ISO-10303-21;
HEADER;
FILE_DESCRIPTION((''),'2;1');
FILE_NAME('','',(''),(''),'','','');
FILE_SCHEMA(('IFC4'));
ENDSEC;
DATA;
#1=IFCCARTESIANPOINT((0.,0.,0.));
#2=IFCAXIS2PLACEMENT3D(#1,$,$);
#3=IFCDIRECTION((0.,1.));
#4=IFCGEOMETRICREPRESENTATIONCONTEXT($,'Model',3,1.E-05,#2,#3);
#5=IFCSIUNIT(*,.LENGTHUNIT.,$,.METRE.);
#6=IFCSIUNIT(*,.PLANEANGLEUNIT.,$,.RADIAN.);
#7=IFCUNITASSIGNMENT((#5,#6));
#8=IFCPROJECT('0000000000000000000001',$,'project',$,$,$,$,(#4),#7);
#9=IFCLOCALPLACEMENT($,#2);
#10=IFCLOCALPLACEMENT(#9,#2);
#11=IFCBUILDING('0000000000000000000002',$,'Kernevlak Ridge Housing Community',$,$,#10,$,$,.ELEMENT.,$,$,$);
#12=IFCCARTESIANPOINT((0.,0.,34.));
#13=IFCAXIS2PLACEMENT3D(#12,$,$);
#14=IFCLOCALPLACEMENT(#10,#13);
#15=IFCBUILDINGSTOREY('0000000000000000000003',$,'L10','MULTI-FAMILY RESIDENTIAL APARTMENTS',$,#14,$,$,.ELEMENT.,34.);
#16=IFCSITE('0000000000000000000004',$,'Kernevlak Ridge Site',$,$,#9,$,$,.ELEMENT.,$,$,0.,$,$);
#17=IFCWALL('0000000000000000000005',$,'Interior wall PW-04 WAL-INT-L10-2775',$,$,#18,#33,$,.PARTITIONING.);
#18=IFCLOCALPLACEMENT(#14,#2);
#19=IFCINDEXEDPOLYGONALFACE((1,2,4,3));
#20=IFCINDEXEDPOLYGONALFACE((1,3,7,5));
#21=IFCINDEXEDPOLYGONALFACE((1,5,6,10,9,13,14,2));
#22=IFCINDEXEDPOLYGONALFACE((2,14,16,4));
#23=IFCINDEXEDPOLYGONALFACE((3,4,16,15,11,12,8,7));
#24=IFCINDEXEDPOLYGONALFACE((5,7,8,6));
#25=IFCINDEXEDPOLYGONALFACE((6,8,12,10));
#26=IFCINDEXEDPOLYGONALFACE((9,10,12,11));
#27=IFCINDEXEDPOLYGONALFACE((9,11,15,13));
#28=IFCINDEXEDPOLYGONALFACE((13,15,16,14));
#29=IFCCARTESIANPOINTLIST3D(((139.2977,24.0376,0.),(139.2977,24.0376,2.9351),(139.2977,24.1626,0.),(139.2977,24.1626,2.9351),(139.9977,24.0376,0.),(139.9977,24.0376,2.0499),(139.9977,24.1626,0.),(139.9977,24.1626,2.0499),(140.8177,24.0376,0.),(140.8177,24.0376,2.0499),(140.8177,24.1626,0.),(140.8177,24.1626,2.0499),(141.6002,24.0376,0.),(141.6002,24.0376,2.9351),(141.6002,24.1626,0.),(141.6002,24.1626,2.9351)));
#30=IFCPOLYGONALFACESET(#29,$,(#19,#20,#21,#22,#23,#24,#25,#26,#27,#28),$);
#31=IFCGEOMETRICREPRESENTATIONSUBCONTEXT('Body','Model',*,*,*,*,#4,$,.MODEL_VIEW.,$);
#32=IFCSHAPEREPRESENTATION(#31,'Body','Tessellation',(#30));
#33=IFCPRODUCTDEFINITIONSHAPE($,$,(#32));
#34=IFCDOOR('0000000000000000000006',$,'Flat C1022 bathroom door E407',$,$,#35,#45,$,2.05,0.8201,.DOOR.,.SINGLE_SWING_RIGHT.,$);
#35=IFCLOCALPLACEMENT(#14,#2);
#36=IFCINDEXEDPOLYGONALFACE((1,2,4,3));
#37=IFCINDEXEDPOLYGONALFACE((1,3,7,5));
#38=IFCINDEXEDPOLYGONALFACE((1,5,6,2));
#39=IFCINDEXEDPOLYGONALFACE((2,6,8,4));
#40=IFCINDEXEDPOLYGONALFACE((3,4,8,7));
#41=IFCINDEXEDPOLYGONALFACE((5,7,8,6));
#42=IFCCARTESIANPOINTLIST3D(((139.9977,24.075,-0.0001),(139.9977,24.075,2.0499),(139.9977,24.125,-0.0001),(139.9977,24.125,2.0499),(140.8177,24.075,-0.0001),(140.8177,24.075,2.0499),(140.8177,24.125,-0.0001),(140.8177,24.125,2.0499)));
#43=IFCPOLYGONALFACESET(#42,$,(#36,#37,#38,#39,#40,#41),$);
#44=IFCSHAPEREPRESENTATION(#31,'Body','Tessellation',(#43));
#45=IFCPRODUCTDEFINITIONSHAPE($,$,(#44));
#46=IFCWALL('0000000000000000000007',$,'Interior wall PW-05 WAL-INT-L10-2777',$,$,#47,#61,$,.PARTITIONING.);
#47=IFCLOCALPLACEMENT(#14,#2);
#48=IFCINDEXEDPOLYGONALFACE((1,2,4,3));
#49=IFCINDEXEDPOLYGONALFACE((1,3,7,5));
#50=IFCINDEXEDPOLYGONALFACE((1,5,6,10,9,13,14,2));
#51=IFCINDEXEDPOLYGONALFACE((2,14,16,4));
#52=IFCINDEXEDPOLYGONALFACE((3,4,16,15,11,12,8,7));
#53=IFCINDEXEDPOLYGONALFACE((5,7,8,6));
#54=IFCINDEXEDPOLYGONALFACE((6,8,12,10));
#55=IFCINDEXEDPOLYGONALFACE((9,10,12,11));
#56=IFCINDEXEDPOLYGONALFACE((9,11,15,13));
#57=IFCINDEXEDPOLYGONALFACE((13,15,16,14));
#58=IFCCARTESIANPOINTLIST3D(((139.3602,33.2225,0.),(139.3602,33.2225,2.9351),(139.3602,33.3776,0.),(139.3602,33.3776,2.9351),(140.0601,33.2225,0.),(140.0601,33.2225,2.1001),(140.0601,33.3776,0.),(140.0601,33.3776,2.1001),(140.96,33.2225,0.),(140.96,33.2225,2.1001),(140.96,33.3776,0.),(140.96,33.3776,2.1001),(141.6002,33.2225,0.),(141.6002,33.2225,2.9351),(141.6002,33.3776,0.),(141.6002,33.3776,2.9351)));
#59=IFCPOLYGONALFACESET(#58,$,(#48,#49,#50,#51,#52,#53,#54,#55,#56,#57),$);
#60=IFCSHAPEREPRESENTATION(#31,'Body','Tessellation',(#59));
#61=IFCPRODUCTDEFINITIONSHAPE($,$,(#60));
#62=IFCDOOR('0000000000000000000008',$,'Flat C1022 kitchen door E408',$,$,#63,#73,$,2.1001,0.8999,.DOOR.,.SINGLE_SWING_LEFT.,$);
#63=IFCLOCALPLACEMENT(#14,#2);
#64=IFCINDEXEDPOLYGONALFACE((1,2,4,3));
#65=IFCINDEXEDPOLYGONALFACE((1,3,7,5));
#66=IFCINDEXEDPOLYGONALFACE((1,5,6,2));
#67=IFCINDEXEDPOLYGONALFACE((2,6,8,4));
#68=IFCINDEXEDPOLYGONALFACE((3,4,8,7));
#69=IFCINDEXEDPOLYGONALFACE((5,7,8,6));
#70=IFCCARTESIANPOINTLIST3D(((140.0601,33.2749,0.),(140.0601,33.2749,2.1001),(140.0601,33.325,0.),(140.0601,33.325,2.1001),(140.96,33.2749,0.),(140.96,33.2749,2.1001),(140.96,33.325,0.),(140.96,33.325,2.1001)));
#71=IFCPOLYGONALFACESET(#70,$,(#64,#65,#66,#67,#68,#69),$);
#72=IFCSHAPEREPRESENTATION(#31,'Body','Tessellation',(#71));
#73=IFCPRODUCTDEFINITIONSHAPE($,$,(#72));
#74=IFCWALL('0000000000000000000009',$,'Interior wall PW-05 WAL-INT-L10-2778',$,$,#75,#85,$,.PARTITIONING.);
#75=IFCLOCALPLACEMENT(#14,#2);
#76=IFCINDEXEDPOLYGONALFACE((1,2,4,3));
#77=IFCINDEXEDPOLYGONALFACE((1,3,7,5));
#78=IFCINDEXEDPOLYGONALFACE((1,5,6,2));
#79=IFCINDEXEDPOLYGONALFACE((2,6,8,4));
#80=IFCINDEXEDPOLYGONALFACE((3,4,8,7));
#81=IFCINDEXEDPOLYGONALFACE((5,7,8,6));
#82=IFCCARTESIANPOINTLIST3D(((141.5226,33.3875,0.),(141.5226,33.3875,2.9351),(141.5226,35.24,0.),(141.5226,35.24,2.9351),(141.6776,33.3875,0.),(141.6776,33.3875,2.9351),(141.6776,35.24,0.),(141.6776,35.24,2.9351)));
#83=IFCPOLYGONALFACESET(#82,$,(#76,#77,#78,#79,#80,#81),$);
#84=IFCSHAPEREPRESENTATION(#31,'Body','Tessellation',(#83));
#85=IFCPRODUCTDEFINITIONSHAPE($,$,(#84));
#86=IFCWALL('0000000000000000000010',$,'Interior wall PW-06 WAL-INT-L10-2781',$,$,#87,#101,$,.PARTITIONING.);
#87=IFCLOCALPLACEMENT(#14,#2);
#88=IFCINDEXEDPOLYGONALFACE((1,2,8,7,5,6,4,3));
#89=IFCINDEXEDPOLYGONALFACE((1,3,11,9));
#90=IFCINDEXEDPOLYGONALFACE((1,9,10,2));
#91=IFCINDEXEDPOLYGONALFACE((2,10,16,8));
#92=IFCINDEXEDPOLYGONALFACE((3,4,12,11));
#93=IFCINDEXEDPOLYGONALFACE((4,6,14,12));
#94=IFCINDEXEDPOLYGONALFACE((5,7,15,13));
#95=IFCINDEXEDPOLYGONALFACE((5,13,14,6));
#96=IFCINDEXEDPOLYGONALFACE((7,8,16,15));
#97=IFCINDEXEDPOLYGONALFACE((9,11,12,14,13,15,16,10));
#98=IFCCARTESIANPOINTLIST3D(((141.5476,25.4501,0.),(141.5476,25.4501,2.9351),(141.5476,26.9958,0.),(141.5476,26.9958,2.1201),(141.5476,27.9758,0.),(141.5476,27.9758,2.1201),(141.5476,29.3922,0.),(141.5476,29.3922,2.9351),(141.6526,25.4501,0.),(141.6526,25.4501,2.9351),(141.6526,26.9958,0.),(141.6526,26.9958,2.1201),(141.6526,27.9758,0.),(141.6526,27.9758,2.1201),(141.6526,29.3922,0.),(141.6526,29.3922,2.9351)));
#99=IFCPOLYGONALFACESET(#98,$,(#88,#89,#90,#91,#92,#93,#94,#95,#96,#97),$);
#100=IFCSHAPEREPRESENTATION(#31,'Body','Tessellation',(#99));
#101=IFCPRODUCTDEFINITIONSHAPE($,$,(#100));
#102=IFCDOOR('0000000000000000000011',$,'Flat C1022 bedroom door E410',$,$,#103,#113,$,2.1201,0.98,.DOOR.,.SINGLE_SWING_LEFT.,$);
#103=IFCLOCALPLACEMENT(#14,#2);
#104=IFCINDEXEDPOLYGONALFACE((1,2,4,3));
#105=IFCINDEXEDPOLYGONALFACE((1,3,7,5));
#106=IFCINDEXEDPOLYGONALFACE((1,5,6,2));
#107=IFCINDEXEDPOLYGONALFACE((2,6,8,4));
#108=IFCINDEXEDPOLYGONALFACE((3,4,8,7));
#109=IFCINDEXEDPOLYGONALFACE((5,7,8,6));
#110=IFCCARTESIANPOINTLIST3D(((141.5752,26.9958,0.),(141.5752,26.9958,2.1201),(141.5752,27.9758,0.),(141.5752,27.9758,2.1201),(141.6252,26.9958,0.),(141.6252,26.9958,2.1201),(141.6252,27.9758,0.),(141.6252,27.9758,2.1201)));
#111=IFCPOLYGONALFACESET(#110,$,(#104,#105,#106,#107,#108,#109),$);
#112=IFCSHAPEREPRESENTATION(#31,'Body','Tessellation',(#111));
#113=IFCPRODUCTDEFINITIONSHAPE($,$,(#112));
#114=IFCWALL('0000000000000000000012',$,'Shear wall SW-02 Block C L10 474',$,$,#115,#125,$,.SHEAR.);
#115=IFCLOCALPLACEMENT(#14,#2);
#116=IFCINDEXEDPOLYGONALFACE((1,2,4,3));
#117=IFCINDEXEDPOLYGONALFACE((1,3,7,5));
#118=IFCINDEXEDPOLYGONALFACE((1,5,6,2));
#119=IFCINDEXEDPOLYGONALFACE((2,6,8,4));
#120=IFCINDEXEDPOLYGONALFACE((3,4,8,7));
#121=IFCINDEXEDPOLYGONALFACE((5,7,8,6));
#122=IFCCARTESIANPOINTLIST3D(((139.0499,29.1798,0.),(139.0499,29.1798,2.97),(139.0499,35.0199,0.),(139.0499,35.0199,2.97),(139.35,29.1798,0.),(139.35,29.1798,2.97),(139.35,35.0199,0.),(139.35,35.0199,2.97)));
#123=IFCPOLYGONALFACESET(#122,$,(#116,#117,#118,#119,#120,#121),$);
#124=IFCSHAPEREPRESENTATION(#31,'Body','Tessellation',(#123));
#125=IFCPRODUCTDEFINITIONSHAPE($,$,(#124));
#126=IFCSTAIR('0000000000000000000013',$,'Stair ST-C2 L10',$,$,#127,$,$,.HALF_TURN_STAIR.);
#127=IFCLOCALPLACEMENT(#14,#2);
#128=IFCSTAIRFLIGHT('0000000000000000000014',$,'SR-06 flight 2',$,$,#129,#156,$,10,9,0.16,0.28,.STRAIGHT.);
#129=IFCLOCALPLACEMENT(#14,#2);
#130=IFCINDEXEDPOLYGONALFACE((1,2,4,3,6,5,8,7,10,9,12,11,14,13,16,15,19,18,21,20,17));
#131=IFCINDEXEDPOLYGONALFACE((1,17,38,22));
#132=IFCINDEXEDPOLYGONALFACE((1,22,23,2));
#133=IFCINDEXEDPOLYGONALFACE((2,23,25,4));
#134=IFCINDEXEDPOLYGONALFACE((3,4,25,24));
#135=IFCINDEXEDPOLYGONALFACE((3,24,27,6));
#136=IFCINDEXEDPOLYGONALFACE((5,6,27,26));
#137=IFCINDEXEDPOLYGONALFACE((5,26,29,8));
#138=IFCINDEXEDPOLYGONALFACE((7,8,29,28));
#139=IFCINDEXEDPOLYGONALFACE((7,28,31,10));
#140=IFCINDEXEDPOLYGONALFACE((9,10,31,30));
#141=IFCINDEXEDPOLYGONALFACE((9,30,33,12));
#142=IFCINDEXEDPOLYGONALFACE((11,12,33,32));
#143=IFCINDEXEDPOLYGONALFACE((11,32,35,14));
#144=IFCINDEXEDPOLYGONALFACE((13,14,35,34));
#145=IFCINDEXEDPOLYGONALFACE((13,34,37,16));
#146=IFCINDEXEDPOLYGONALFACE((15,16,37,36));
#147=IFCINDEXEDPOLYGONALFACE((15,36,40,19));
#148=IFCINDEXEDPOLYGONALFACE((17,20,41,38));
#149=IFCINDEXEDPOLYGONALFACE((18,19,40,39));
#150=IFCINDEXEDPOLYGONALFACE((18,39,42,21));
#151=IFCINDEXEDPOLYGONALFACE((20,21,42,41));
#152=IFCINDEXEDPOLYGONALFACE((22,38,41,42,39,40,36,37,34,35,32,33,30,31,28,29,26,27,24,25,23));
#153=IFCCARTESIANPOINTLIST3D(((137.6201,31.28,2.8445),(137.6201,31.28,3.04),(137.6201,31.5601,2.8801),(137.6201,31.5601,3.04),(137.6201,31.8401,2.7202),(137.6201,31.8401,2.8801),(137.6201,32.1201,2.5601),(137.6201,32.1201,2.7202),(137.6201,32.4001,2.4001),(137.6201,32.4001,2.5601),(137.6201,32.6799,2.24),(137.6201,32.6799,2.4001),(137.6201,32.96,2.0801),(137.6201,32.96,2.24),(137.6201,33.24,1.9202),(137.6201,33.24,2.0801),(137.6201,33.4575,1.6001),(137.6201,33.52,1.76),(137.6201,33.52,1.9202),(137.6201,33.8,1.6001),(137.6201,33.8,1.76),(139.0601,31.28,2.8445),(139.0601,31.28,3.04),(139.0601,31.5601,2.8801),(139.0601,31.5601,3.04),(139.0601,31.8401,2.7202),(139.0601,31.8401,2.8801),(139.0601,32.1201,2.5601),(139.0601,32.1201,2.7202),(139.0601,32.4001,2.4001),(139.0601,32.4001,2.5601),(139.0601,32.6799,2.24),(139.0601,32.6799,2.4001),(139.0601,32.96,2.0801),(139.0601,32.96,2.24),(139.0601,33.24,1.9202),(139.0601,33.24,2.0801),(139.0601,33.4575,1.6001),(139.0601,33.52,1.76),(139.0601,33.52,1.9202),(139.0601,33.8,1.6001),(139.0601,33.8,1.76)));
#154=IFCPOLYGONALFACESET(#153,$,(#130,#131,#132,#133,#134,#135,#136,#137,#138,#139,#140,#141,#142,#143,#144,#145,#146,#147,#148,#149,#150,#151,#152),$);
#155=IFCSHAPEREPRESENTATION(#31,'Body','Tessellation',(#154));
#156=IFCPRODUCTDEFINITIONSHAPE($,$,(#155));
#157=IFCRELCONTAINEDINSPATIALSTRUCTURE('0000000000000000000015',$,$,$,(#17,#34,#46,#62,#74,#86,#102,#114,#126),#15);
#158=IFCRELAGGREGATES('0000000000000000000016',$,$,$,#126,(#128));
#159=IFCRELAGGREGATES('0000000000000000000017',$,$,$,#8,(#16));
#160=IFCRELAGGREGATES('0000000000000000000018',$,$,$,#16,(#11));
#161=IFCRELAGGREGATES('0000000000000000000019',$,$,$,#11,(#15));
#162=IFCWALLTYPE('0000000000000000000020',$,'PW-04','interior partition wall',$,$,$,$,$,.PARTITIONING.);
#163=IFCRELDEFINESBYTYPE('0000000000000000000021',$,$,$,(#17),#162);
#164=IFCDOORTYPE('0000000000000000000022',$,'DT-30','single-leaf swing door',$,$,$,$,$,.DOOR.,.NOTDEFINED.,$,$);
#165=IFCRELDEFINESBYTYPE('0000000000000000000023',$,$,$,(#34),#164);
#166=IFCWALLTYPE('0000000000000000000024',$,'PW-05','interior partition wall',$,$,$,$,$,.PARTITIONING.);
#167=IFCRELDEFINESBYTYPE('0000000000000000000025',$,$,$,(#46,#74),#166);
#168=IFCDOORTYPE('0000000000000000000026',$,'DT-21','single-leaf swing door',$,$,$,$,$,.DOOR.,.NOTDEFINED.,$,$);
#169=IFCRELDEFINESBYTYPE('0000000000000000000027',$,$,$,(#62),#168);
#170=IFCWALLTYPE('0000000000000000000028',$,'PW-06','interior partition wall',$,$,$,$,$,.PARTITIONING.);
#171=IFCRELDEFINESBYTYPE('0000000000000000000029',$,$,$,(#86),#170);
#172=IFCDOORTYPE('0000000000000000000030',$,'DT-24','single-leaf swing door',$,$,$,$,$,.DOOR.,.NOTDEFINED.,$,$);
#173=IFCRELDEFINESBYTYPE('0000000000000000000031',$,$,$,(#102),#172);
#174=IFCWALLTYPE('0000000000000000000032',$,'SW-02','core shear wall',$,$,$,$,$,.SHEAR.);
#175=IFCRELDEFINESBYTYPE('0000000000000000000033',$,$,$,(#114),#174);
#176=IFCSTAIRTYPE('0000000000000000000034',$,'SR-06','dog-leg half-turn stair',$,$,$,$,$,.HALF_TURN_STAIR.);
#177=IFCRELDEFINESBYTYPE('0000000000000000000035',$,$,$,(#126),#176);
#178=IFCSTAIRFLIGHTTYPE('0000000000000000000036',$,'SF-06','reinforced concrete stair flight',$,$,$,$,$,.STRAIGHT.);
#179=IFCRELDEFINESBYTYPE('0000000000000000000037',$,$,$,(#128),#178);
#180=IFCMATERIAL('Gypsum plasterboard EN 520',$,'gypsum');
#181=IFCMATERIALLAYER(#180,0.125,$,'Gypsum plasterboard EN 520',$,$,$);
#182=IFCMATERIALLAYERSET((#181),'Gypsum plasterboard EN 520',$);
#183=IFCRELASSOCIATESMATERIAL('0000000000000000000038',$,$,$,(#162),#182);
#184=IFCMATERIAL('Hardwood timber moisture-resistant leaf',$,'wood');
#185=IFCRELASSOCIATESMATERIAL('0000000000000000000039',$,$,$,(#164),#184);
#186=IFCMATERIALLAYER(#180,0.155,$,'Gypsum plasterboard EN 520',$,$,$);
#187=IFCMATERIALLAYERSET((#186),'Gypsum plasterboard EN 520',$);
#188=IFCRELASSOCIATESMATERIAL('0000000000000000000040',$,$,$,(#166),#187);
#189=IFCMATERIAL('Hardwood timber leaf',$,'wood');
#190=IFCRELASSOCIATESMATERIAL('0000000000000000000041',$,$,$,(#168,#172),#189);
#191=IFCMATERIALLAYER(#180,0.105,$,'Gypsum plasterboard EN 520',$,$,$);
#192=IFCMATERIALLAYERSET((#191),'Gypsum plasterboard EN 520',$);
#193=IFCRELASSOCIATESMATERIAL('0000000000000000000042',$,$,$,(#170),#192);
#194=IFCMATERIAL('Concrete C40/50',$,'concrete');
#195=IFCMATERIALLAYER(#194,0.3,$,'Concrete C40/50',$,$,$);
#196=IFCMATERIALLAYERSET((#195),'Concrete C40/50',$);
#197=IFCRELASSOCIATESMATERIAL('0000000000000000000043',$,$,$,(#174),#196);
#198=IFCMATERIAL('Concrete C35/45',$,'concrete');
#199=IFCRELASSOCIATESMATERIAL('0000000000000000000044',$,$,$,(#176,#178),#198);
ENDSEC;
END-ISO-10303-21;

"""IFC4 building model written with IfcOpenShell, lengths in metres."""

from ifc_helpers import new_model, si_unit, direction, frame, frame_2d, origin, place, context, subcontext, project, spatial, polyline, rectangle, outline, extrude, material, layer, layer_set, type_object, element, fill, aggregate, save


model = new_model("IFC4")

# Units and contexts
model_context = context("Model", 3, precision=1e-05, world=origin(), true_north=direction((0.0, 1.0)))
body_context = subcontext(model_context, "Body", "Model", "MODEL_VIEW")
ifc_project = project(units=[si_unit("LENGTHUNIT", "METRE"), si_unit("PLANEANGLEUNIT", "RADIAN")], contexts=[model_context])

# Site, building, storey
site_placement = place(None, origin())
site = spatial("IfcSite", under=ifc_project, at=site_placement, Name="Kernevlak Ridge Site", CompositionType="ELEMENT", RefElevation=0.0)
building_placement = place(site_placement, origin())
building = spatial("IfcBuilding", under=site, at=building_placement, Name="Kernevlak Ridge Housing Community", CompositionType="ELEMENT")
storey_placement = place(building_placement, frame((0.0, 0.0, 34.0)))
storey = spatial("IfcBuildingStorey", under=building, at=storey_placement, Name="L10", Description="MULTI-FAMILY RESIDENTIAL APARTMENTS", CompositionType="ELEMENT", Elevation=34.0)

# Shared definitions
ifc_material_1 = material(Name="Concrete C35/45", Category="concrete")

# Shared definitions
ifc_material_2 = material(Name="Hardwood timber leaf", Category="wood")

# Walls, openings, doors
ifc_material_3 = material(Name="Gypsum plasterboard EN 520", Category="gypsum")
ifc_layer_1 = layer(ifc_material_3, 0.125, Name="Gypsum plasterboard EN 520")
ifc_layer_set_1 = layer_set([ifc_layer_1], Name="Gypsum plasterboard EN 520")
wall_type_1 = type_object("IfcWallType", Name="PW-04", Description="interior partition wall", PredefinedType="PARTITIONING", material=ifc_layer_set_1)
wall_1_placement = place(storey_placement, frame((139.2976, 24.1001, 0.0), z_axis=(0.0, 0.0, 1.0), x_axis=(1.0, 0.0, 0.0)))
wall_1 = element("IfcWall", 1, at=wall_1_placement, inside=storey, type_object=wall_type_1, Name="Interior wall PW-04 WAL-INT-L10-2775", PredefinedType="PARTITIONING", context=body_context, shape_type="SweptSolid", body=[
    extrude(rectangle(XDim=2.3025, YDim=0.125, at=frame_2d((1.1514, 0.0))), origin(), (0.0, 0.0, 1.0), 2.9351),
])
opening_1_placement = place(wall_1_placement, frame((0.7, 0.0, 0.0)))
opening_1 = element("IfcOpeningElement", 2, at=opening_1_placement, cuts=wall_1, PredefinedType="OPENING", context=body_context, shape_type="SweptSolid", body=[
    extrude(rectangle(XDim=0.8201, YDim=2.05, at=frame_2d((0.4102, 1.0249))), frame((0.0, 0.0725, 0.0), z_axis=(0.0, -1.0, 0.0), x_axis=(1.0, 0.0, 0.0)), (0.0, 0.0, 1.0), 0.145),
])
ifc_material_4 = material(Name="Hardwood timber moisture-resistant leaf", Category="wood")
door_type_1 = type_object("IfcDoorType", Name="DT-30", Description="single-leaf swing door", OperationType="NOTDEFINED", PredefinedType="DOOR", material=ifc_material_4)
door_1_placement = place(opening_1_placement, origin())
door_1 = element("IfcDoor", 3, at=door_1_placement, inside=storey, type_object=door_type_1, Name="Flat C1022 bathroom door E407", OperationType="SINGLE_SWING_RIGHT", OverallHeight=2.05, OverallWidth=0.8201, PredefinedType="DOOR", context=body_context, shape_type="SweptSolid", body=[
    extrude(rectangle(XDim=0.8201, YDim=2.05, at=frame_2d((0.4102, 1.0249))), frame((0.0, 0.0249, 0.0), z_axis=(0.0, -1.0, 0.0), x_axis=(1.0, 0.0, 0.0)), (0.0, 0.0, 1.0), 0.05),
])
fill(opening_1, door_1)
ifc_layer_2 = layer(ifc_material_3, 0.155, Name="Gypsum plasterboard EN 520")
ifc_layer_set_2 = layer_set([ifc_layer_2], Name="Gypsum plasterboard EN 520")
wall_type_2 = type_object("IfcWallType", Name="PW-05", Description="interior partition wall", PredefinedType="PARTITIONING", material=ifc_layer_set_2)
wall_2_placement = place(storey_placement, frame((139.3601, 33.3, 0.0), z_axis=(0.0, 0.0, 1.0), x_axis=(1.0, 0.0, 0.0)))
wall_2 = element("IfcWall", 4, at=wall_2_placement, inside=storey, type_object=wall_type_2, Name="Interior wall PW-05 WAL-INT-L10-2777", PredefinedType="PARTITIONING", context=body_context, shape_type="SweptSolid", body=[
    extrude(rectangle(XDim=2.24, YDim=0.155, at=frame_2d((1.1201, 0.0))), origin(), (0.0, 0.0, 1.0), 2.9351),
])
opening_2_placement = place(wall_2_placement, frame((0.7, 0.0, 0.0)))
opening_2 = element("IfcOpeningElement", 5, at=opening_2_placement, cuts=wall_2, PredefinedType="OPENING", context=body_context, shape_type="SweptSolid", body=[
    extrude(rectangle(XDim=0.8999, YDim=2.1001, at=frame_2d((0.45, 1.05))), frame((0.0, 0.0874, 0.0), z_axis=(0.0, -1.0, 0.0), x_axis=(1.0, 0.0, 0.0)), (0.0, 0.0, 1.0), 0.175),
])
door_type_2 = type_object("IfcDoorType", Name="DT-21", Description="single-leaf swing door", OperationType="NOTDEFINED", PredefinedType="DOOR", material=ifc_material_2)
door_2_placement = place(opening_2_placement, origin())
door_2 = element("IfcDoor", 6, at=door_2_placement, inside=storey, type_object=door_type_2, Name="Flat C1022 kitchen door E408", OperationType="SINGLE_SWING_LEFT", OverallHeight=2.1001, OverallWidth=0.8999, PredefinedType="DOOR", context=body_context, shape_type="SweptSolid", body=[
    extrude(rectangle(XDim=0.8999, YDim=2.1001, at=frame_2d((0.45, 1.05))), frame((0.0, 0.0249, 0.0), z_axis=(0.0, -1.0, 0.0), x_axis=(1.0, 0.0, 0.0)), (0.0, 0.0, 1.0), 0.05),
])
fill(opening_2, door_2)

# Wall
wall_3_placement = place(storey_placement, frame((141.6001, 33.3875, 0.0), z_axis=(0.0, 0.0, 1.0), x_axis=(0.0, 1.0, 0.0)))
element("IfcWall", 7, at=wall_3_placement, inside=storey, type_object=wall_type_2, Name="Interior wall PW-05 WAL-INT-L10-2778", PredefinedType="PARTITIONING", context=body_context, shape_type="SweptSolid", body=[
    extrude(rectangle(XDim=1.8525, YDim=0.155, at=frame_2d((0.9263, 0.0))), origin(), (0.0, 0.0, 1.0), 2.9351),
])

# Wall, opening, door
ifc_layer_3 = layer(ifc_material_3, 0.105, Name="Gypsum plasterboard EN 520")
ifc_layer_set_3 = layer_set([ifc_layer_3], Name="Gypsum plasterboard EN 520")
wall_type_3 = type_object("IfcWallType", Name="PW-06", Description="interior partition wall", PredefinedType="PARTITIONING", material=ifc_layer_set_3)
wall_4_placement = place(storey_placement, frame((141.6001, 25.45, 0.0), z_axis=(0.0, 0.0, 1.0), x_axis=(0.0, 1.0, 0.0)))
wall_4 = element("IfcWall", 8, at=wall_4_placement, inside=storey, type_object=wall_type_3, Name="Interior wall PW-06 WAL-INT-L10-2781", PredefinedType="PARTITIONING", context=body_context, shape_type="SweptSolid", body=[
    extrude(rectangle(XDim=3.9421, YDim=0.105, at=frame_2d((1.9712, 0.0))), origin(), (0.0, 0.0, 1.0), 2.9351),
])
opening_3_placement = place(wall_4_placement, frame((1.5459, 0.0, 0.0)))
opening_3 = element("IfcOpeningElement", 9, at=opening_3_placement, cuts=wall_4, PredefinedType="OPENING", context=body_context, shape_type="SweptSolid", body=[
    extrude(rectangle(XDim=0.98, YDim=2.1201, at=frame_2d((0.49, 1.0601))), frame((0.0, 0.0625, 0.0), z_axis=(0.0, -1.0, 0.0), x_axis=(1.0, 0.0, 0.0)), (0.0, 0.0, 1.0), 0.125),
])
door_type_3 = type_object("IfcDoorType", Name="DT-24", Description="single-leaf swing door", OperationType="NOTDEFINED", PredefinedType="DOOR", material=ifc_material_2)
door_3_placement = place(opening_3_placement, origin())
door_3 = element("IfcDoor", 10, at=door_3_placement, inside=storey, type_object=door_type_3, Name="Flat C1022 bedroom door E410", OperationType="SINGLE_SWING_LEFT", OverallHeight=2.1201, OverallWidth=0.98, PredefinedType="DOOR", context=body_context, shape_type="SweptSolid", body=[
    extrude(rectangle(XDim=0.98, YDim=2.1201, at=frame_2d((0.49, 1.0601))), frame((0.0, 0.0249, 0.0), z_axis=(0.0, -1.0, 0.0), x_axis=(1.0, 0.0, 0.0)), (0.0, 0.0, 1.0), 0.05),
])
fill(opening_3, door_3)

# Wall
ifc_material_5 = material(Name="Concrete C40/50", Category="concrete")
ifc_layer_4 = layer(ifc_material_5, 0.3, Name="Concrete C40/50")
ifc_layer_set_4 = layer_set([ifc_layer_4], Name="Concrete C40/50")
wall_type_4 = type_object("IfcWallType", Name="SW-02", Description="core shear wall", PredefinedType="SHEAR", material=ifc_layer_set_4)
wall_5_placement = place(storey_placement, frame((139.2, 29.1799, 0.0), z_axis=(0.0, 0.0, 1.0), x_axis=(0.0, 1.0, 0.0)))
element("IfcWall", 11, at=wall_5_placement, inside=storey, type_object=wall_type_4, Name="Shear wall SW-02 Block C L10 474", PredefinedType="SHEAR", context=body_context, shape_type="SweptSolid", body=[
    extrude(rectangle(XDim=5.8401, YDim=0.3, at=frame_2d((2.9199, 0.0))), origin(), (0.0, 0.0, 1.0), 2.97),
])

# Stair, stair flight
stair_type = type_object("IfcStairType", Name="SR-06", Description="dog-leg half-turn stair", PredefinedType="HALF_TURN_STAIR", material=ifc_material_1)
stair_placement = place(storey_placement, origin())
stair = element("IfcStair", 12, at=stair_placement, inside=storey, type_object=stair_type, Name="Stair ST-C2 L10", PredefinedType="HALF_TURN_STAIR")
stair_flight_type = type_object("IfcStairFlightType", Name="SF-06", Description="reinforced concrete stair flight", PredefinedType="STRAIGHT", material=ifc_material_1)
stair_flight_placement = place(storey_placement, frame((138.3401, 33.8, 1.6001), z_axis=(0.0, 0.0, 1.0), x_axis=(0.0, -1.0, 0.0)))
stair_flight = element("IfcStairFlight", 13, at=stair_flight_placement, type_object=stair_flight_type, Name="SR-06 flight 2", NumberOfRisers=10, NumberOfTreads=9, PredefinedType="STRAIGHT", RiserHeight=0.16, TreadLength=0.28, context=body_context, shape_type="SweptSolid", body=[
    extrude(outline(polyline([(0.0, 0.0), (0.0, 0.1599), (0.28, 0.1599), (0.28, 0.3201), (0.5601, 0.3201), (0.5601, 0.48), (0.8401, 0.48), (0.8401, 0.6399), (1.1201, 0.6399), (1.1201, 0.8), (1.3999, 0.8), (1.3999, 0.96), (1.6799, 0.96), (1.6799, 1.1201), (1.96, 1.1201), (1.96, 1.28), (2.24, 1.28), (2.24, 1.4399), (2.52, 1.4399), (2.52, 1.6001), (2.52, 1.2444), (0.3425, 0.0), (0.0, 0.0)])), frame((0.0, 0.72, 0.0), z_axis=(0.0, -1.0, 0.0), x_axis=(1.0, 0.0, 0.0)), (0.0, 0.0, 1.0), 1.4399),
])
aggregate(stair, [stair_flight])

save(model, "model.ifc")
